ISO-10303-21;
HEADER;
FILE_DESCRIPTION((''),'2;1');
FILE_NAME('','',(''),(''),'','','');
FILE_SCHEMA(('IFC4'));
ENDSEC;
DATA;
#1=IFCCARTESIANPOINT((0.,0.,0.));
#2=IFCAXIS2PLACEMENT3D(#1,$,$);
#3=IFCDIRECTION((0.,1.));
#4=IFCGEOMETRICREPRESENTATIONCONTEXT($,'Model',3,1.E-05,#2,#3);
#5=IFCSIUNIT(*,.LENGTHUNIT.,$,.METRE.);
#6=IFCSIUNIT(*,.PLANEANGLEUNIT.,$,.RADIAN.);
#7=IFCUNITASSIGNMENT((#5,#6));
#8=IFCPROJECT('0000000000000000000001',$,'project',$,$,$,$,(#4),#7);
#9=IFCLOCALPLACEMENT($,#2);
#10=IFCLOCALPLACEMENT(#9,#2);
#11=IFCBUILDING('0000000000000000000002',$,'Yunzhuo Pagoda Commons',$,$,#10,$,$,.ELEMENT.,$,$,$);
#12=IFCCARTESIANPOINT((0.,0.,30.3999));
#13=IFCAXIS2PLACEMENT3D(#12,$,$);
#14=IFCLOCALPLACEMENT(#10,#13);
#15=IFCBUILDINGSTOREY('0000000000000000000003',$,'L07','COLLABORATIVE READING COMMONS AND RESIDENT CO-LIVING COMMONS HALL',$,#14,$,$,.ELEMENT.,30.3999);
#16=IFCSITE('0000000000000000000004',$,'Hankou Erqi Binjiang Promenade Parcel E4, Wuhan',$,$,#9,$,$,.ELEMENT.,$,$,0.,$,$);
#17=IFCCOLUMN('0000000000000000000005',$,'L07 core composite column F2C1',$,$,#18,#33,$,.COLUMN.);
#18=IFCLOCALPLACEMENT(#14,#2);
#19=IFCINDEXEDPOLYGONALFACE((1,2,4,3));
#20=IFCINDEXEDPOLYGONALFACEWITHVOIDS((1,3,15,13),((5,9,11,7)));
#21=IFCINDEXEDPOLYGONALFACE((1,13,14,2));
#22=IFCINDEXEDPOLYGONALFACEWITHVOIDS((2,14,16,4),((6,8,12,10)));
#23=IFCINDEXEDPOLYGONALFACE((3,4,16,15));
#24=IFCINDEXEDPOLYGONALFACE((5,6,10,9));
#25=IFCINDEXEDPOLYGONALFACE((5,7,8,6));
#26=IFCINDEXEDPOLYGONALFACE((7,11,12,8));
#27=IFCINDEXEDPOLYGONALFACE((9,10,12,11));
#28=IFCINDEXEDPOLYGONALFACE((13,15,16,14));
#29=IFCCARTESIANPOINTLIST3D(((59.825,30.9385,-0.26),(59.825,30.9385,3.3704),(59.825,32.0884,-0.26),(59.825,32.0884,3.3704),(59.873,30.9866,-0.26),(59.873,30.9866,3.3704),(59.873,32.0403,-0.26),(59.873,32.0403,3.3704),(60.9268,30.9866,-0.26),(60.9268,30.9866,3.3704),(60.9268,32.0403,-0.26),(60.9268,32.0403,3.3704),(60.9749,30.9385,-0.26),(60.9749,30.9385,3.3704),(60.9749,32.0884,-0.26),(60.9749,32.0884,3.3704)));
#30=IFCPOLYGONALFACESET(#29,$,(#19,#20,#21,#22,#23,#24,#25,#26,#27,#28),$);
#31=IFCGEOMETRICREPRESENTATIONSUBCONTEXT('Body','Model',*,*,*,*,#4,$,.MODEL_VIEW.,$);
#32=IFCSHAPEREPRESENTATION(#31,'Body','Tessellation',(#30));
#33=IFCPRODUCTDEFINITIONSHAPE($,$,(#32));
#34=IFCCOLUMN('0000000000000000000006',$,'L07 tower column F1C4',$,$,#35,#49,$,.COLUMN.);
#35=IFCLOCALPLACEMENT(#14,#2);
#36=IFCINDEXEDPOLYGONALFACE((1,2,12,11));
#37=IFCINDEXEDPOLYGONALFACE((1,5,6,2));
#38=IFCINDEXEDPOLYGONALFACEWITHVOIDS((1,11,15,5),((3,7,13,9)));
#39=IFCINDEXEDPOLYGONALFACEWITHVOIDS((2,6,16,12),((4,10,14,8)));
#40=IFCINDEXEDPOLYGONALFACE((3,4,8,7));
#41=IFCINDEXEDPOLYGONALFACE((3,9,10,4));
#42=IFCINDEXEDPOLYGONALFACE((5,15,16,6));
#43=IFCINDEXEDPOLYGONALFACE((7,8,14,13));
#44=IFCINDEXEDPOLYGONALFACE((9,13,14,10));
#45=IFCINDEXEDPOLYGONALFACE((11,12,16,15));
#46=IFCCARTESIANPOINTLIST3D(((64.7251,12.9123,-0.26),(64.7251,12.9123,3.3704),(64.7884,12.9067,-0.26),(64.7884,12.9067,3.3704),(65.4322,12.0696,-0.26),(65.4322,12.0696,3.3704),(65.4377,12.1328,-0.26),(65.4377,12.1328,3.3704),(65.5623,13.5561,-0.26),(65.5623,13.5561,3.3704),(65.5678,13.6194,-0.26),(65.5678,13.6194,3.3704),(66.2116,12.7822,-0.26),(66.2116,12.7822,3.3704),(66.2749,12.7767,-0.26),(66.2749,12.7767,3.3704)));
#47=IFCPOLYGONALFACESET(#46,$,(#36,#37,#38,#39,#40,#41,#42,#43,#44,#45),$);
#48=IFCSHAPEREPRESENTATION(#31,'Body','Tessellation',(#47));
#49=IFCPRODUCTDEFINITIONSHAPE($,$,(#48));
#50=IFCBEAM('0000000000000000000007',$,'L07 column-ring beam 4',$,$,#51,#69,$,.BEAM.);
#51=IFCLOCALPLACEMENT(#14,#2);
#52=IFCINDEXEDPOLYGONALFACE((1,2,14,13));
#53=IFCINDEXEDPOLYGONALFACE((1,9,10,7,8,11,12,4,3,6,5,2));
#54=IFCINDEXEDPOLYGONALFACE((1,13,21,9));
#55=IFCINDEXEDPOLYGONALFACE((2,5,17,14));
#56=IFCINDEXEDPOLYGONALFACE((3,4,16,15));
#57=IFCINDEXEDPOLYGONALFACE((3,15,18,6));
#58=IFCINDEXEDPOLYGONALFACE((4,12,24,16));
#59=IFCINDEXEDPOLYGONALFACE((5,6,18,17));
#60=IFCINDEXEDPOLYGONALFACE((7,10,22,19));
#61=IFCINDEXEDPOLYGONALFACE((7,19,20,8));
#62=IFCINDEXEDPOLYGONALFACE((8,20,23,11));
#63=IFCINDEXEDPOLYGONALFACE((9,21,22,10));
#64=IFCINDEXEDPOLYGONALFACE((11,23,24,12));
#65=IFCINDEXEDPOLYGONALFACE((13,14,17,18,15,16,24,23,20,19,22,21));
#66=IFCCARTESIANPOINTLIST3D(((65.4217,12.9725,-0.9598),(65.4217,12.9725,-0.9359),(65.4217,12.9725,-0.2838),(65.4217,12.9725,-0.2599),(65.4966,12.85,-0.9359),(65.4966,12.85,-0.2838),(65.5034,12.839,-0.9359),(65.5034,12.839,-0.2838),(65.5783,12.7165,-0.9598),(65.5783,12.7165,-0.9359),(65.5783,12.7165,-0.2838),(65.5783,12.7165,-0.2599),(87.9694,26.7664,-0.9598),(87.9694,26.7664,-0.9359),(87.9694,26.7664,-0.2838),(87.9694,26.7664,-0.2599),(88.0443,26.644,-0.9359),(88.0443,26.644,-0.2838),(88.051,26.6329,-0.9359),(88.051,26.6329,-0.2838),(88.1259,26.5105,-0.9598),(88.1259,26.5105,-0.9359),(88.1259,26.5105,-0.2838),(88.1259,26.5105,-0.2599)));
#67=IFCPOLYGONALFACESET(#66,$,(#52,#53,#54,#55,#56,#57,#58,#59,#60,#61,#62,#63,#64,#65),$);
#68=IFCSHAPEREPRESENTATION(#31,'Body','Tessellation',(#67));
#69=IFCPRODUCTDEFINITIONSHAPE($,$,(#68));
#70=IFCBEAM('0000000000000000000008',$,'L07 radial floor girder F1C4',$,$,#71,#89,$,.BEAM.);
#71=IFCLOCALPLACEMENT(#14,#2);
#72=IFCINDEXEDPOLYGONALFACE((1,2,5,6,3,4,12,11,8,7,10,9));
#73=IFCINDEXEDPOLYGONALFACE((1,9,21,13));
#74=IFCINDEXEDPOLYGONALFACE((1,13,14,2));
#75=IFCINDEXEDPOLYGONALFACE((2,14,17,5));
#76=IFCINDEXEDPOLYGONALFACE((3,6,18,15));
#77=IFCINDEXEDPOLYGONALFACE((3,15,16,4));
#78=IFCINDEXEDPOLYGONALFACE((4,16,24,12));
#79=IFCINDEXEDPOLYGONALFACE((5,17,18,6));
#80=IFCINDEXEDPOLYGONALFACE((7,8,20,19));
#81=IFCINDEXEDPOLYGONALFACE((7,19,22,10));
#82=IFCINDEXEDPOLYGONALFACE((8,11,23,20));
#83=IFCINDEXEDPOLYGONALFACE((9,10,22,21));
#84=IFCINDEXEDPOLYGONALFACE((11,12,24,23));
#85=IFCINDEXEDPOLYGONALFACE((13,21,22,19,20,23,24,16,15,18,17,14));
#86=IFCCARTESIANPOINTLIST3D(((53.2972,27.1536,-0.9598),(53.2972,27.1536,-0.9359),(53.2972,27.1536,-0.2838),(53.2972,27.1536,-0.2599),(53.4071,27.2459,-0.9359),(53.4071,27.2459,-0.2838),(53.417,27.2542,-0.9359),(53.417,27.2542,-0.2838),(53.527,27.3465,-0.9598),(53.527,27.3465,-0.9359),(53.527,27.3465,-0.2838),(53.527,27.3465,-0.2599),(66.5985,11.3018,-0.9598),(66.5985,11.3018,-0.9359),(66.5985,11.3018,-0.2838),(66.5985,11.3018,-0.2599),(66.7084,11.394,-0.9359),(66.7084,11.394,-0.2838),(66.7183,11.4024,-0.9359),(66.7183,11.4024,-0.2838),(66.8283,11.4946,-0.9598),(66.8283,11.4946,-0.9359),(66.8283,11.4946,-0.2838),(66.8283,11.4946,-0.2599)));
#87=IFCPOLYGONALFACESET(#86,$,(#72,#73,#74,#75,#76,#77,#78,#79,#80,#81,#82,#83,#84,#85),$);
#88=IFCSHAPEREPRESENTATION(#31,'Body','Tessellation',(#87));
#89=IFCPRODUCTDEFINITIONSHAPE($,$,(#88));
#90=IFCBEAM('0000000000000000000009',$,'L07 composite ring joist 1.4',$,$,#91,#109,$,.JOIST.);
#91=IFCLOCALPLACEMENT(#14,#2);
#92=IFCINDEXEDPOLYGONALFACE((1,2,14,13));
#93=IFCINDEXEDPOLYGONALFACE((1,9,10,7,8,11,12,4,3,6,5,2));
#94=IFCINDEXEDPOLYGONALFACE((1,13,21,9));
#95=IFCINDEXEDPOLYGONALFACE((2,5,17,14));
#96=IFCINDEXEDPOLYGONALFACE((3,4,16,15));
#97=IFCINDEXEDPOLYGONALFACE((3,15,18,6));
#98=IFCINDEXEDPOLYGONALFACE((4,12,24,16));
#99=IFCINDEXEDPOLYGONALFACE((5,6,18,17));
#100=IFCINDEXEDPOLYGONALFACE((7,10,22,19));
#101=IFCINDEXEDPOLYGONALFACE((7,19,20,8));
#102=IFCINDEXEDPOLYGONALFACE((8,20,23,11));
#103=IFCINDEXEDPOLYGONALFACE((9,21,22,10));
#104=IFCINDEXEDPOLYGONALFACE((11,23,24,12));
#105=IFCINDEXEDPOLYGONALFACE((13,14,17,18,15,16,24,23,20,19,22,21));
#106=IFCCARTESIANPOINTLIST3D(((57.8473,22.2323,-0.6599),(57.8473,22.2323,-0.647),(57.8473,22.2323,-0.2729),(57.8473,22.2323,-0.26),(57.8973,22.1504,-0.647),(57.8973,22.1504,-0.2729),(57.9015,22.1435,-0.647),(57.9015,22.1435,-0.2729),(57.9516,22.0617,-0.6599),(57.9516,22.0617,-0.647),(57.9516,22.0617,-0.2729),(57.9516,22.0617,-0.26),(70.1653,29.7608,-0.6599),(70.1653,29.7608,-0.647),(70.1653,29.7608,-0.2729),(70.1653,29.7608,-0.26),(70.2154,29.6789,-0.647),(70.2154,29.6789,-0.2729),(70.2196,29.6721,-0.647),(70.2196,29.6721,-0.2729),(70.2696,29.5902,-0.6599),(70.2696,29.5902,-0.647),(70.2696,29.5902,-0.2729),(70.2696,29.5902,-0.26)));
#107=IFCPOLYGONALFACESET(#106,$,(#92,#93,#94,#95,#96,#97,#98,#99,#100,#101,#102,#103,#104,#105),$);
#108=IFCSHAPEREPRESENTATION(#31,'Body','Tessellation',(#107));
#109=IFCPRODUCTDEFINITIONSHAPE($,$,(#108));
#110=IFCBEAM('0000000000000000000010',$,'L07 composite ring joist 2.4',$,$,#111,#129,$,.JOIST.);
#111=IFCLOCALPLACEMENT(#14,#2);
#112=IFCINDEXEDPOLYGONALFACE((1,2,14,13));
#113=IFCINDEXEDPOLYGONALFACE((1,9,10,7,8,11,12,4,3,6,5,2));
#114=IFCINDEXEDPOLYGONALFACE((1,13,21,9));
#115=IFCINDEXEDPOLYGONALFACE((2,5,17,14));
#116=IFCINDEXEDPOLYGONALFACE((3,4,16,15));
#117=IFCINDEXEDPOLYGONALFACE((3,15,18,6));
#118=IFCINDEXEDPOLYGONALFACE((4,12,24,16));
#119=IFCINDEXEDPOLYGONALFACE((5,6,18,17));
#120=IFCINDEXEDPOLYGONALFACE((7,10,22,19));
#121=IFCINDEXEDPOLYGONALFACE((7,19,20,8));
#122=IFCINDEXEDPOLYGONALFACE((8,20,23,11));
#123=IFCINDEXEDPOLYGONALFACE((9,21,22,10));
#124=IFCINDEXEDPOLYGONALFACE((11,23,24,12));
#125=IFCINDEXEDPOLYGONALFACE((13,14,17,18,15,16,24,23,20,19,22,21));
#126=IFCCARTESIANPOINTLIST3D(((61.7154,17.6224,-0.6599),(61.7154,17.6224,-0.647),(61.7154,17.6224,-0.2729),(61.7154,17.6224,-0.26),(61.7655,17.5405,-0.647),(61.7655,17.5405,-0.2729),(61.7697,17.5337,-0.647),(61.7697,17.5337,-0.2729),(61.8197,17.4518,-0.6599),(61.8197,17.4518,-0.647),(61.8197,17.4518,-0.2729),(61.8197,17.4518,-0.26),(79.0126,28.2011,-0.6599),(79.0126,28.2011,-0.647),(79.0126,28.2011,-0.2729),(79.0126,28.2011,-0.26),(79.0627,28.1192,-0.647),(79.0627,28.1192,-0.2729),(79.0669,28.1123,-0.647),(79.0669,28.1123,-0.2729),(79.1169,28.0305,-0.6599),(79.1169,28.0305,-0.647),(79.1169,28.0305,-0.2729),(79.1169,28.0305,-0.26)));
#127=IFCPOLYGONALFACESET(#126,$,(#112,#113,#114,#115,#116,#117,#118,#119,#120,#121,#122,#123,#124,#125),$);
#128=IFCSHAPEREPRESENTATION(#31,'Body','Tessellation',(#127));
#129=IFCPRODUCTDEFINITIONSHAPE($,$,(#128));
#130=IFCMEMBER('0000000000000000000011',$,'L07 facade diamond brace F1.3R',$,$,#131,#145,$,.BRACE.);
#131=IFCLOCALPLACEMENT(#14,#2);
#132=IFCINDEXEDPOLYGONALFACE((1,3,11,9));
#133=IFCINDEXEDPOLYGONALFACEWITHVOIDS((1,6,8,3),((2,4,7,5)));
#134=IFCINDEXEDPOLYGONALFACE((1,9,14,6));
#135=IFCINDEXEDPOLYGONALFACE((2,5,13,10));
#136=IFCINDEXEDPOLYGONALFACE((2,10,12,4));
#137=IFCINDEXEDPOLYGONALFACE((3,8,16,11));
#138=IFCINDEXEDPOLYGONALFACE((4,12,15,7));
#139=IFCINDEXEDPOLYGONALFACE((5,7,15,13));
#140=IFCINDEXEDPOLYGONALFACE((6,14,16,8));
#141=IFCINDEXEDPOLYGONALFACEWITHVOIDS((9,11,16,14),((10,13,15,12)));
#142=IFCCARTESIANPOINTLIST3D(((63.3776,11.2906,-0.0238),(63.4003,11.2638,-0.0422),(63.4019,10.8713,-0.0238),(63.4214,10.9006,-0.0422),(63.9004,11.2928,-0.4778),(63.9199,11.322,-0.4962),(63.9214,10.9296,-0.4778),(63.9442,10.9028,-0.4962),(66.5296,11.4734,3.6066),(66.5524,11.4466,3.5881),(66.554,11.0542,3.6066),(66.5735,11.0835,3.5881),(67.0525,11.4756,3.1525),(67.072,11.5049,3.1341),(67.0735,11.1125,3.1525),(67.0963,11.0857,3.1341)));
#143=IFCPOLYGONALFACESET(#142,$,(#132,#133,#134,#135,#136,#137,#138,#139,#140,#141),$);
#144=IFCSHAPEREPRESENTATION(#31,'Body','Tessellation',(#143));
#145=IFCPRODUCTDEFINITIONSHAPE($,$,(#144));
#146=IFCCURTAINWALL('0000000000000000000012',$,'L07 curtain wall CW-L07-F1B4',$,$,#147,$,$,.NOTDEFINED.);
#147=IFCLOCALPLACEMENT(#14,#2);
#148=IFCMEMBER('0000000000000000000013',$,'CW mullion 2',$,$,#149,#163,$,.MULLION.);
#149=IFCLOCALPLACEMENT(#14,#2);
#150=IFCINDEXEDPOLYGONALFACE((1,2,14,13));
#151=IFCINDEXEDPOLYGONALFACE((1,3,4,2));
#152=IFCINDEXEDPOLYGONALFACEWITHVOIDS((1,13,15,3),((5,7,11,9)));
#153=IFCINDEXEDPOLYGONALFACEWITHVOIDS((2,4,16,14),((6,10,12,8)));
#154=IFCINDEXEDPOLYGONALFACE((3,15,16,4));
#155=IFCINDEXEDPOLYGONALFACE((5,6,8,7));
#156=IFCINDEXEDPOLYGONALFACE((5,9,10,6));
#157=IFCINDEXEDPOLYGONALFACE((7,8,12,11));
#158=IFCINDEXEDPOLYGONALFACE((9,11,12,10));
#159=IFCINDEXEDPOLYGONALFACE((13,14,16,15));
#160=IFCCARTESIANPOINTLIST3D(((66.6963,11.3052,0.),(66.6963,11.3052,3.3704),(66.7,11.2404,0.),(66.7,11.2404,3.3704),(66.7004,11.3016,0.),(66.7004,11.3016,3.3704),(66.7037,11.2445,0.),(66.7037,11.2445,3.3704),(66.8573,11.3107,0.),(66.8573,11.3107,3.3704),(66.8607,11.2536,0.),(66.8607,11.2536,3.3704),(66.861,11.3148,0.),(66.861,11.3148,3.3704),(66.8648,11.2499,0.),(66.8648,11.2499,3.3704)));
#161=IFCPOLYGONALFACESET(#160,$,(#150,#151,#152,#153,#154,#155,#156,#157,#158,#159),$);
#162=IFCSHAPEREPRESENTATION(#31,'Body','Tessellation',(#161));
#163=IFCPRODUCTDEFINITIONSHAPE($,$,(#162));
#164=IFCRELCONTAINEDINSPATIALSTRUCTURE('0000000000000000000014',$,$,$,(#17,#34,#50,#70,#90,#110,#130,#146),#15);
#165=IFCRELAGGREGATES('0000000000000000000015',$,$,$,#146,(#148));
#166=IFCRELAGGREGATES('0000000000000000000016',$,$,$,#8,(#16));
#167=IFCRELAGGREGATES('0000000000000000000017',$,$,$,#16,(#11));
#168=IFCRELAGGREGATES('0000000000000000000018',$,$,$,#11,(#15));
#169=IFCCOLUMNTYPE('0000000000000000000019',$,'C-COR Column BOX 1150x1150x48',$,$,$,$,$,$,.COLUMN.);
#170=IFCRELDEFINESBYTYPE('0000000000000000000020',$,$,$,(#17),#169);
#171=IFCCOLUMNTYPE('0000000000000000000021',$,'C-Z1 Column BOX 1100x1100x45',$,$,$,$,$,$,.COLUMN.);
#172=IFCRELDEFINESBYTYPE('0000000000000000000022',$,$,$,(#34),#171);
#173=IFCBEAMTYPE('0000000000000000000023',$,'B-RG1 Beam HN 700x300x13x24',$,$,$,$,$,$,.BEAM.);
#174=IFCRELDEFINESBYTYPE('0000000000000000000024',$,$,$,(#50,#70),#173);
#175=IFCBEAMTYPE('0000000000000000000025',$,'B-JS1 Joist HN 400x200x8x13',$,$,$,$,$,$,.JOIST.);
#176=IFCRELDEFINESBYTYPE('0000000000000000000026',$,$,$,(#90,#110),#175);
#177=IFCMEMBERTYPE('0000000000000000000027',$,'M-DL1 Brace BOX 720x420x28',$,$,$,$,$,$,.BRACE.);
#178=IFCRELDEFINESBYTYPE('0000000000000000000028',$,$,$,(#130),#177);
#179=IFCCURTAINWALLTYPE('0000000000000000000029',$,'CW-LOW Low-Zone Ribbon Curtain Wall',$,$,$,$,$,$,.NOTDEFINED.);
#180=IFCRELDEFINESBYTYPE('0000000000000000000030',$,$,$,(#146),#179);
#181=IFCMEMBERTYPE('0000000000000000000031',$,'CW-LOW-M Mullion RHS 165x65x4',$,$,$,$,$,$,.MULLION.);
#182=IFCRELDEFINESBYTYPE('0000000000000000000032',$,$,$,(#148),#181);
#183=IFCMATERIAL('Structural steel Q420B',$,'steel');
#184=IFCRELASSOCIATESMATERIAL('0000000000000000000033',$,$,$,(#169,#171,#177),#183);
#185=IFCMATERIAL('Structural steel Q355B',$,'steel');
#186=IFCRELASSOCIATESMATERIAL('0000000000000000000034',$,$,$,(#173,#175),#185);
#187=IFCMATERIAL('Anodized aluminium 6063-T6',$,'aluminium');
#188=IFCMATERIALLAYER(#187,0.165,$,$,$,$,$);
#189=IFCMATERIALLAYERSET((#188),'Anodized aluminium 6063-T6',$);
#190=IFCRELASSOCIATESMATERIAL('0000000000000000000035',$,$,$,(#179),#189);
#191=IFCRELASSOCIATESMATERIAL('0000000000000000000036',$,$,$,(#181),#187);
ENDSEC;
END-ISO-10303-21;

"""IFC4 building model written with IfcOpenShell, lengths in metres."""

from ifc_helpers import new_model, si_unit, direction, frame, origin, origin_2d, place, context, subcontext, project, spatial, hollow_rectangle, i_section, extrude, source, transform, mapped, material, layer, layer_set, material_profile, profile_set, type_object, element, aggregate, save


model = new_model("IFC4")

# Units and contexts
model_context = context("Model", 3, precision=1e-05, world=origin(), true_north=direction((0.0, 1.0)))
body_context = subcontext(model_context, "Body", "Model", "MODEL_VIEW")
ifc_project = project(units=[si_unit("LENGTHUNIT", "METRE"), si_unit("PLANEANGLEUNIT", "RADIAN")], contexts=[model_context])

# Site, building, storey
site_placement = place(None, origin())
site = spatial("IfcSite", under=ifc_project, at=site_placement, Name="Hankou Erqi Binjiang Promenade Parcel E4, Wuhan", CompositionType="ELEMENT", RefElevation=0.0)
building_placement = place(site_placement, origin())
building = spatial("IfcBuilding", under=site, at=building_placement, Name="Yunzhuo Pagoda Commons", CompositionType="ELEMENT")
storey_placement = place(building_placement, frame((0.0, 0.0, 30.3999)))
storey = spatial("IfcBuildingStorey", under=building, at=storey_placement, Name="L07", Description="COLLABORATIVE READING COMMONS AND RESIDENT CO-LIVING COMMONS HALL", CompositionType="ELEMENT", Elevation=30.3999)

# Columns
ifc_material_1 = material(Name="Structural steel Q420B", Category="steel")
ifc_material_profile_1 = material_profile(ifc_material_1, hollow_rectangle(XDim=1.1499, YDim=1.1499, WallThickness=0.0481, at=origin_2d()), Name="Structural steel Q420B")
ifc_profile_set_1 = profile_set([ifc_material_profile_1], Name="Structural steel Q420B")
column_type_1 = type_object("IfcColumnType", Name="C-COR Column BOX 1150x1150x48", PredefinedType="COLUMN", material=ifc_profile_set_1)
shared_shape_1 = source(origin(), body_context, "Body", "SweptSolid", [
    extrude(hollow_rectangle(XDim=1.1499, YDim=1.1499, WallThickness=0.0481, at=origin_2d()), origin(), (0.0, 0.0, 1.0), 3.6304),
])
column_1_placement = place(storey_placement, frame((60.3999, 31.5134, -0.26), z_axis=(0.0, 0.0, 1.0), x_axis=(1.0, 0.0, 0.0)))
element("IfcColumn", 1, at=column_1_placement, inside=storey, type_object=column_type_1, Name="L07 core composite column F2C1", PredefinedType="COLUMN", context=body_context, shape_type="MappedRepresentation", body=[
    mapped(shared_shape_1, transform((0.0, 0.0, 0.0), scale=1.0)),
])
ifc_material_profile_2 = material_profile(ifc_material_1, hollow_rectangle(XDim=1.1001, YDim=1.1001, WallThickness=0.0449, at=origin_2d()), Name="Structural steel Q420B")
ifc_profile_set_2 = profile_set([ifc_material_profile_2], Name="Structural steel Q420B")
column_type_2 = type_object("IfcColumnType", Name="C-Z1 Column BOX 1100x1100x45", PredefinedType="COLUMN", material=ifc_profile_set_2)
shared_shape_2 = source(origin(), body_context, "Body", "SweptSolid", [
    extrude(hollow_rectangle(XDim=1.1001, YDim=1.1001, WallThickness=0.0449, at=origin_2d()), origin(), (0.0, 0.0, 1.0), 3.6304),
])
column_2_placement = place(storey_placement, frame((65.5, 12.8445, -0.26), z_axis=(0.0, 0.0, 1.0), x_axis=(0.766044, 0.642788, 0.0)))
element("IfcColumn", 2, at=column_2_placement, inside=storey, type_object=column_type_2, Name="L07 tower column F1C4", PredefinedType="COLUMN", context=body_context, shape_type="MappedRepresentation", body=[
    mapped(shared_shape_2, transform((0.0, 0.0, 0.0), scale=1.0)),
])

# Beams
ifc_material_2 = material(Name="Structural steel Q355B", Category="steel")
ifc_material_profile_3 = material_profile(ifc_material_2, i_section(OverallWidth=0.3, OverallDepth=0.7, WebThickness=0.0129, FlangeThickness=0.0239, at=origin_2d()), Name="Structural steel Q355B")
ifc_profile_set_3 = profile_set([ifc_material_profile_3], Name="Structural steel Q355B")
beam_type_1 = type_object("IfcBeamType", Name="B-RG1 Beam HN 700x300x13x24", PredefinedType="BEAM", material=ifc_profile_set_3)
shared_shape_3 = source(origin(), body_context, "Body", "SweptSolid", [
    extrude(i_section(OverallWidth=0.3, OverallDepth=0.7, WebThickness=0.0129, FlangeThickness=0.0239, at=origin_2d()), origin(), (0.0, 0.0, 1.0), 26.4324),
])
beam_1_placement = place(storey_placement, frame((65.5, 12.8445, -0.6099), z_axis=(0.853032, 0.521859, 0.0), x_axis=(-0.521859, 0.853032, 0.0)))
element("IfcBeam", 3, at=beam_1_placement, inside=storey, type_object=beam_type_1, Name="L07 column-ring beam 4", PredefinedType="BEAM", context=body_context, shape_type="MappedRepresentation", body=[
    mapped(shared_shape_3, transform((0.0, 0.0, 0.0), scale=1.0)),
])
shared_shape_4 = source(origin(), body_context, "Body", "SweptSolid", [
    extrude(i_section(OverallWidth=0.3, OverallDepth=0.7, WebThickness=0.0129, FlangeThickness=0.0239, at=origin_2d()), origin(), (0.0, 0.0, 1.0), 20.6931),
])
beam_2_placement = place(storey_placement, frame((66.7134, 11.3982, -0.6099), z_axis=(-0.642788, 0.766044, 0.0), x_axis=(-0.766044, -0.642788, 0.0)))
element("IfcBeam", 4, at=beam_2_placement, inside=storey, type_object=beam_type_1, Name="L07 radial floor girder F1C4", PredefinedType="BEAM", context=body_context, shape_type="MappedRepresentation", body=[
    mapped(shared_shape_4, transform((0.0, 0.0, 0.0), scale=1.0)),
])
ifc_material_profile_4 = material_profile(ifc_material_2, i_section(OverallWidth=0.2, OverallDepth=0.3999, WebThickness=0.0081, FlangeThickness=0.0129, at=origin_2d()), Name="Structural steel Q355B")
ifc_profile_set_4 = profile_set([ifc_material_profile_4], Name="Structural steel Q355B")
beam_type_2 = type_object("IfcBeamType", Name="B-JS1 Joist HN 400x200x8x13", PredefinedType="JOIST", material=ifc_profile_set_4)
shared_shape_5 = source(origin(), body_context, "Body", "SweptSolid", [
    extrude(i_section(OverallWidth=0.2, OverallDepth=0.3999, WebThickness=0.0081, FlangeThickness=0.0129, at=origin_2d()), origin(), (0.0, 0.0, 1.0), 14.4365),
])
beam_3_placement = place(storey_placement, frame((57.8994, 22.147, -0.46), z_axis=(0.853256, 0.521492, 0.0), x_axis=(-0.521492, 0.853256, 0.0)))
element("IfcBeam", 5, at=beam_3_placement, inside=storey, type_object=beam_type_2, Name="L07 composite ring joist 1.4", PredefinedType="JOIST", context=body_context, shape_type="MappedRepresentation", body=[
    mapped(shared_shape_5, transform((0.0, 0.0, 0.0), scale=1.0)),
])
shared_shape_6 = source(origin(), body_context, "Body", "SweptSolid", [
    extrude(i_section(OverallWidth=0.2, OverallDepth=0.3999, WebThickness=0.0081, FlangeThickness=0.0129, at=origin_2d()), origin(), (0.0, 0.0, 1.0), 20.2756),
])
beam_4_placement = place(storey_placement, frame((61.7676, 17.5371, -0.46), z_axis=(0.853103, 0.521743, 0.0), x_axis=(-0.521743, 0.853103, 0.0)))
element("IfcBeam", 6, at=beam_4_placement, inside=storey, type_object=beam_type_2, Name="L07 composite ring joist 2.4", PredefinedType="JOIST", context=body_context, shape_type="MappedRepresentation", body=[
    mapped(shared_shape_6, transform((0.0, 0.0, 0.0), scale=1.0)),
])

# Member
ifc_material_profile_5 = material_profile(ifc_material_1, hollow_rectangle(XDim=0.4199, YDim=0.72, WallThickness=0.0281, at=origin_2d()), Name="Structural steel Q420B")
ifc_profile_set_5 = profile_set([ifc_material_profile_5], Name="Structural steel Q420B")
member_type_1 = type_object("IfcMemberType", Name="M-DL1 Brace BOX 720x420x28", PredefinedType="BRACE", material=ifc_profile_set_5)
shared_shape_7 = source(origin(), body_context, "Body", "SweptSolid", [
    extrude(hollow_rectangle(XDim=0.4199, YDim=0.72, WallThickness=0.0281, at=origin_2d()), origin(), (0.0, 0.0, 1.0), 4.8113),
])
member_1_placement = place(storey_placement, frame((63.6609, 11.0967, -0.26), z_axis=(0.655143, 0.038007, 0.754548), x_axis=(-0.057915, 0.998322, 0.0)))
element("IfcMember", 7, at=member_1_placement, inside=storey, type_object=member_type_1, Name="L07 facade diamond brace F1.3R", PredefinedType="BRACE", context=body_context, shape_type="MappedRepresentation", body=[
    mapped(shared_shape_7, transform((0.0, 0.0, 0.0), scale=1.0)),
])

# Curtain wall, member
ifc_material_3 = material(Name="Anodized aluminium 6063-T6", Category="aluminium")
ifc_layer_1 = layer(ifc_material_3, 0.165)
ifc_layer_set_1 = layer_set([ifc_layer_1], Name="Anodized aluminium 6063-T6")
curtain_wall_type = type_object("IfcCurtainWallType", Name="CW-LOW Low-Zone Ribbon Curtain Wall", PredefinedType="NOTDEFINED", material=ifc_layer_set_1)
curtain_wall_1_placement = place(storey_placement, origin())
curtain_wall_1 = element("IfcCurtainWall", 8, at=curtain_wall_1_placement, inside=storey, type_object=curtain_wall_type, Name="L07 curtain wall CW-L07-F1B4", PredefinedType="NOTDEFINED")
ifc_material_profile_6 = material_profile(ifc_material_3, hollow_rectangle(XDim=0.0649, YDim=0.165, WallThickness=0.0039, at=origin_2d()), Name="Anodized aluminium 6063-T6")
ifc_profile_set_6 = profile_set([ifc_material_profile_6], Name="Anodized aluminium 6063-T6")
member_type_2 = type_object("IfcMemberType", Name="CW-LOW-M Mullion RHS 165x65x4", PredefinedType="MULLION", material=ifc_profile_set_6)
shared_shape_8 = source(origin(), body_context, "Body", "SweptSolid", [
    extrude(hollow_rectangle(XDim=0.0649, YDim=0.165, WallThickness=0.0039, at=origin_2d()), origin(), (0.0, 0.0, 1.0), 3.3704),
])
member_2_placement = place(storey_placement, frame((66.7805, 11.2776, 0.0), z_axis=(0.0, 0.0, 1.0), x_axis=(-0.057899, 0.998322, 0.0)))
member_2 = element("IfcMember", 9, at=member_2_placement, type_object=member_type_2, Name="CW mullion 2", PredefinedType="MULLION", context=body_context, shape_type="MappedRepresentation", body=[
    mapped(shared_shape_8, transform((0.0, 0.0, 0.0), scale=1.0)),
])

aggregate(curtain_wall_1, [member_2])

save(model, "model.ifc")
